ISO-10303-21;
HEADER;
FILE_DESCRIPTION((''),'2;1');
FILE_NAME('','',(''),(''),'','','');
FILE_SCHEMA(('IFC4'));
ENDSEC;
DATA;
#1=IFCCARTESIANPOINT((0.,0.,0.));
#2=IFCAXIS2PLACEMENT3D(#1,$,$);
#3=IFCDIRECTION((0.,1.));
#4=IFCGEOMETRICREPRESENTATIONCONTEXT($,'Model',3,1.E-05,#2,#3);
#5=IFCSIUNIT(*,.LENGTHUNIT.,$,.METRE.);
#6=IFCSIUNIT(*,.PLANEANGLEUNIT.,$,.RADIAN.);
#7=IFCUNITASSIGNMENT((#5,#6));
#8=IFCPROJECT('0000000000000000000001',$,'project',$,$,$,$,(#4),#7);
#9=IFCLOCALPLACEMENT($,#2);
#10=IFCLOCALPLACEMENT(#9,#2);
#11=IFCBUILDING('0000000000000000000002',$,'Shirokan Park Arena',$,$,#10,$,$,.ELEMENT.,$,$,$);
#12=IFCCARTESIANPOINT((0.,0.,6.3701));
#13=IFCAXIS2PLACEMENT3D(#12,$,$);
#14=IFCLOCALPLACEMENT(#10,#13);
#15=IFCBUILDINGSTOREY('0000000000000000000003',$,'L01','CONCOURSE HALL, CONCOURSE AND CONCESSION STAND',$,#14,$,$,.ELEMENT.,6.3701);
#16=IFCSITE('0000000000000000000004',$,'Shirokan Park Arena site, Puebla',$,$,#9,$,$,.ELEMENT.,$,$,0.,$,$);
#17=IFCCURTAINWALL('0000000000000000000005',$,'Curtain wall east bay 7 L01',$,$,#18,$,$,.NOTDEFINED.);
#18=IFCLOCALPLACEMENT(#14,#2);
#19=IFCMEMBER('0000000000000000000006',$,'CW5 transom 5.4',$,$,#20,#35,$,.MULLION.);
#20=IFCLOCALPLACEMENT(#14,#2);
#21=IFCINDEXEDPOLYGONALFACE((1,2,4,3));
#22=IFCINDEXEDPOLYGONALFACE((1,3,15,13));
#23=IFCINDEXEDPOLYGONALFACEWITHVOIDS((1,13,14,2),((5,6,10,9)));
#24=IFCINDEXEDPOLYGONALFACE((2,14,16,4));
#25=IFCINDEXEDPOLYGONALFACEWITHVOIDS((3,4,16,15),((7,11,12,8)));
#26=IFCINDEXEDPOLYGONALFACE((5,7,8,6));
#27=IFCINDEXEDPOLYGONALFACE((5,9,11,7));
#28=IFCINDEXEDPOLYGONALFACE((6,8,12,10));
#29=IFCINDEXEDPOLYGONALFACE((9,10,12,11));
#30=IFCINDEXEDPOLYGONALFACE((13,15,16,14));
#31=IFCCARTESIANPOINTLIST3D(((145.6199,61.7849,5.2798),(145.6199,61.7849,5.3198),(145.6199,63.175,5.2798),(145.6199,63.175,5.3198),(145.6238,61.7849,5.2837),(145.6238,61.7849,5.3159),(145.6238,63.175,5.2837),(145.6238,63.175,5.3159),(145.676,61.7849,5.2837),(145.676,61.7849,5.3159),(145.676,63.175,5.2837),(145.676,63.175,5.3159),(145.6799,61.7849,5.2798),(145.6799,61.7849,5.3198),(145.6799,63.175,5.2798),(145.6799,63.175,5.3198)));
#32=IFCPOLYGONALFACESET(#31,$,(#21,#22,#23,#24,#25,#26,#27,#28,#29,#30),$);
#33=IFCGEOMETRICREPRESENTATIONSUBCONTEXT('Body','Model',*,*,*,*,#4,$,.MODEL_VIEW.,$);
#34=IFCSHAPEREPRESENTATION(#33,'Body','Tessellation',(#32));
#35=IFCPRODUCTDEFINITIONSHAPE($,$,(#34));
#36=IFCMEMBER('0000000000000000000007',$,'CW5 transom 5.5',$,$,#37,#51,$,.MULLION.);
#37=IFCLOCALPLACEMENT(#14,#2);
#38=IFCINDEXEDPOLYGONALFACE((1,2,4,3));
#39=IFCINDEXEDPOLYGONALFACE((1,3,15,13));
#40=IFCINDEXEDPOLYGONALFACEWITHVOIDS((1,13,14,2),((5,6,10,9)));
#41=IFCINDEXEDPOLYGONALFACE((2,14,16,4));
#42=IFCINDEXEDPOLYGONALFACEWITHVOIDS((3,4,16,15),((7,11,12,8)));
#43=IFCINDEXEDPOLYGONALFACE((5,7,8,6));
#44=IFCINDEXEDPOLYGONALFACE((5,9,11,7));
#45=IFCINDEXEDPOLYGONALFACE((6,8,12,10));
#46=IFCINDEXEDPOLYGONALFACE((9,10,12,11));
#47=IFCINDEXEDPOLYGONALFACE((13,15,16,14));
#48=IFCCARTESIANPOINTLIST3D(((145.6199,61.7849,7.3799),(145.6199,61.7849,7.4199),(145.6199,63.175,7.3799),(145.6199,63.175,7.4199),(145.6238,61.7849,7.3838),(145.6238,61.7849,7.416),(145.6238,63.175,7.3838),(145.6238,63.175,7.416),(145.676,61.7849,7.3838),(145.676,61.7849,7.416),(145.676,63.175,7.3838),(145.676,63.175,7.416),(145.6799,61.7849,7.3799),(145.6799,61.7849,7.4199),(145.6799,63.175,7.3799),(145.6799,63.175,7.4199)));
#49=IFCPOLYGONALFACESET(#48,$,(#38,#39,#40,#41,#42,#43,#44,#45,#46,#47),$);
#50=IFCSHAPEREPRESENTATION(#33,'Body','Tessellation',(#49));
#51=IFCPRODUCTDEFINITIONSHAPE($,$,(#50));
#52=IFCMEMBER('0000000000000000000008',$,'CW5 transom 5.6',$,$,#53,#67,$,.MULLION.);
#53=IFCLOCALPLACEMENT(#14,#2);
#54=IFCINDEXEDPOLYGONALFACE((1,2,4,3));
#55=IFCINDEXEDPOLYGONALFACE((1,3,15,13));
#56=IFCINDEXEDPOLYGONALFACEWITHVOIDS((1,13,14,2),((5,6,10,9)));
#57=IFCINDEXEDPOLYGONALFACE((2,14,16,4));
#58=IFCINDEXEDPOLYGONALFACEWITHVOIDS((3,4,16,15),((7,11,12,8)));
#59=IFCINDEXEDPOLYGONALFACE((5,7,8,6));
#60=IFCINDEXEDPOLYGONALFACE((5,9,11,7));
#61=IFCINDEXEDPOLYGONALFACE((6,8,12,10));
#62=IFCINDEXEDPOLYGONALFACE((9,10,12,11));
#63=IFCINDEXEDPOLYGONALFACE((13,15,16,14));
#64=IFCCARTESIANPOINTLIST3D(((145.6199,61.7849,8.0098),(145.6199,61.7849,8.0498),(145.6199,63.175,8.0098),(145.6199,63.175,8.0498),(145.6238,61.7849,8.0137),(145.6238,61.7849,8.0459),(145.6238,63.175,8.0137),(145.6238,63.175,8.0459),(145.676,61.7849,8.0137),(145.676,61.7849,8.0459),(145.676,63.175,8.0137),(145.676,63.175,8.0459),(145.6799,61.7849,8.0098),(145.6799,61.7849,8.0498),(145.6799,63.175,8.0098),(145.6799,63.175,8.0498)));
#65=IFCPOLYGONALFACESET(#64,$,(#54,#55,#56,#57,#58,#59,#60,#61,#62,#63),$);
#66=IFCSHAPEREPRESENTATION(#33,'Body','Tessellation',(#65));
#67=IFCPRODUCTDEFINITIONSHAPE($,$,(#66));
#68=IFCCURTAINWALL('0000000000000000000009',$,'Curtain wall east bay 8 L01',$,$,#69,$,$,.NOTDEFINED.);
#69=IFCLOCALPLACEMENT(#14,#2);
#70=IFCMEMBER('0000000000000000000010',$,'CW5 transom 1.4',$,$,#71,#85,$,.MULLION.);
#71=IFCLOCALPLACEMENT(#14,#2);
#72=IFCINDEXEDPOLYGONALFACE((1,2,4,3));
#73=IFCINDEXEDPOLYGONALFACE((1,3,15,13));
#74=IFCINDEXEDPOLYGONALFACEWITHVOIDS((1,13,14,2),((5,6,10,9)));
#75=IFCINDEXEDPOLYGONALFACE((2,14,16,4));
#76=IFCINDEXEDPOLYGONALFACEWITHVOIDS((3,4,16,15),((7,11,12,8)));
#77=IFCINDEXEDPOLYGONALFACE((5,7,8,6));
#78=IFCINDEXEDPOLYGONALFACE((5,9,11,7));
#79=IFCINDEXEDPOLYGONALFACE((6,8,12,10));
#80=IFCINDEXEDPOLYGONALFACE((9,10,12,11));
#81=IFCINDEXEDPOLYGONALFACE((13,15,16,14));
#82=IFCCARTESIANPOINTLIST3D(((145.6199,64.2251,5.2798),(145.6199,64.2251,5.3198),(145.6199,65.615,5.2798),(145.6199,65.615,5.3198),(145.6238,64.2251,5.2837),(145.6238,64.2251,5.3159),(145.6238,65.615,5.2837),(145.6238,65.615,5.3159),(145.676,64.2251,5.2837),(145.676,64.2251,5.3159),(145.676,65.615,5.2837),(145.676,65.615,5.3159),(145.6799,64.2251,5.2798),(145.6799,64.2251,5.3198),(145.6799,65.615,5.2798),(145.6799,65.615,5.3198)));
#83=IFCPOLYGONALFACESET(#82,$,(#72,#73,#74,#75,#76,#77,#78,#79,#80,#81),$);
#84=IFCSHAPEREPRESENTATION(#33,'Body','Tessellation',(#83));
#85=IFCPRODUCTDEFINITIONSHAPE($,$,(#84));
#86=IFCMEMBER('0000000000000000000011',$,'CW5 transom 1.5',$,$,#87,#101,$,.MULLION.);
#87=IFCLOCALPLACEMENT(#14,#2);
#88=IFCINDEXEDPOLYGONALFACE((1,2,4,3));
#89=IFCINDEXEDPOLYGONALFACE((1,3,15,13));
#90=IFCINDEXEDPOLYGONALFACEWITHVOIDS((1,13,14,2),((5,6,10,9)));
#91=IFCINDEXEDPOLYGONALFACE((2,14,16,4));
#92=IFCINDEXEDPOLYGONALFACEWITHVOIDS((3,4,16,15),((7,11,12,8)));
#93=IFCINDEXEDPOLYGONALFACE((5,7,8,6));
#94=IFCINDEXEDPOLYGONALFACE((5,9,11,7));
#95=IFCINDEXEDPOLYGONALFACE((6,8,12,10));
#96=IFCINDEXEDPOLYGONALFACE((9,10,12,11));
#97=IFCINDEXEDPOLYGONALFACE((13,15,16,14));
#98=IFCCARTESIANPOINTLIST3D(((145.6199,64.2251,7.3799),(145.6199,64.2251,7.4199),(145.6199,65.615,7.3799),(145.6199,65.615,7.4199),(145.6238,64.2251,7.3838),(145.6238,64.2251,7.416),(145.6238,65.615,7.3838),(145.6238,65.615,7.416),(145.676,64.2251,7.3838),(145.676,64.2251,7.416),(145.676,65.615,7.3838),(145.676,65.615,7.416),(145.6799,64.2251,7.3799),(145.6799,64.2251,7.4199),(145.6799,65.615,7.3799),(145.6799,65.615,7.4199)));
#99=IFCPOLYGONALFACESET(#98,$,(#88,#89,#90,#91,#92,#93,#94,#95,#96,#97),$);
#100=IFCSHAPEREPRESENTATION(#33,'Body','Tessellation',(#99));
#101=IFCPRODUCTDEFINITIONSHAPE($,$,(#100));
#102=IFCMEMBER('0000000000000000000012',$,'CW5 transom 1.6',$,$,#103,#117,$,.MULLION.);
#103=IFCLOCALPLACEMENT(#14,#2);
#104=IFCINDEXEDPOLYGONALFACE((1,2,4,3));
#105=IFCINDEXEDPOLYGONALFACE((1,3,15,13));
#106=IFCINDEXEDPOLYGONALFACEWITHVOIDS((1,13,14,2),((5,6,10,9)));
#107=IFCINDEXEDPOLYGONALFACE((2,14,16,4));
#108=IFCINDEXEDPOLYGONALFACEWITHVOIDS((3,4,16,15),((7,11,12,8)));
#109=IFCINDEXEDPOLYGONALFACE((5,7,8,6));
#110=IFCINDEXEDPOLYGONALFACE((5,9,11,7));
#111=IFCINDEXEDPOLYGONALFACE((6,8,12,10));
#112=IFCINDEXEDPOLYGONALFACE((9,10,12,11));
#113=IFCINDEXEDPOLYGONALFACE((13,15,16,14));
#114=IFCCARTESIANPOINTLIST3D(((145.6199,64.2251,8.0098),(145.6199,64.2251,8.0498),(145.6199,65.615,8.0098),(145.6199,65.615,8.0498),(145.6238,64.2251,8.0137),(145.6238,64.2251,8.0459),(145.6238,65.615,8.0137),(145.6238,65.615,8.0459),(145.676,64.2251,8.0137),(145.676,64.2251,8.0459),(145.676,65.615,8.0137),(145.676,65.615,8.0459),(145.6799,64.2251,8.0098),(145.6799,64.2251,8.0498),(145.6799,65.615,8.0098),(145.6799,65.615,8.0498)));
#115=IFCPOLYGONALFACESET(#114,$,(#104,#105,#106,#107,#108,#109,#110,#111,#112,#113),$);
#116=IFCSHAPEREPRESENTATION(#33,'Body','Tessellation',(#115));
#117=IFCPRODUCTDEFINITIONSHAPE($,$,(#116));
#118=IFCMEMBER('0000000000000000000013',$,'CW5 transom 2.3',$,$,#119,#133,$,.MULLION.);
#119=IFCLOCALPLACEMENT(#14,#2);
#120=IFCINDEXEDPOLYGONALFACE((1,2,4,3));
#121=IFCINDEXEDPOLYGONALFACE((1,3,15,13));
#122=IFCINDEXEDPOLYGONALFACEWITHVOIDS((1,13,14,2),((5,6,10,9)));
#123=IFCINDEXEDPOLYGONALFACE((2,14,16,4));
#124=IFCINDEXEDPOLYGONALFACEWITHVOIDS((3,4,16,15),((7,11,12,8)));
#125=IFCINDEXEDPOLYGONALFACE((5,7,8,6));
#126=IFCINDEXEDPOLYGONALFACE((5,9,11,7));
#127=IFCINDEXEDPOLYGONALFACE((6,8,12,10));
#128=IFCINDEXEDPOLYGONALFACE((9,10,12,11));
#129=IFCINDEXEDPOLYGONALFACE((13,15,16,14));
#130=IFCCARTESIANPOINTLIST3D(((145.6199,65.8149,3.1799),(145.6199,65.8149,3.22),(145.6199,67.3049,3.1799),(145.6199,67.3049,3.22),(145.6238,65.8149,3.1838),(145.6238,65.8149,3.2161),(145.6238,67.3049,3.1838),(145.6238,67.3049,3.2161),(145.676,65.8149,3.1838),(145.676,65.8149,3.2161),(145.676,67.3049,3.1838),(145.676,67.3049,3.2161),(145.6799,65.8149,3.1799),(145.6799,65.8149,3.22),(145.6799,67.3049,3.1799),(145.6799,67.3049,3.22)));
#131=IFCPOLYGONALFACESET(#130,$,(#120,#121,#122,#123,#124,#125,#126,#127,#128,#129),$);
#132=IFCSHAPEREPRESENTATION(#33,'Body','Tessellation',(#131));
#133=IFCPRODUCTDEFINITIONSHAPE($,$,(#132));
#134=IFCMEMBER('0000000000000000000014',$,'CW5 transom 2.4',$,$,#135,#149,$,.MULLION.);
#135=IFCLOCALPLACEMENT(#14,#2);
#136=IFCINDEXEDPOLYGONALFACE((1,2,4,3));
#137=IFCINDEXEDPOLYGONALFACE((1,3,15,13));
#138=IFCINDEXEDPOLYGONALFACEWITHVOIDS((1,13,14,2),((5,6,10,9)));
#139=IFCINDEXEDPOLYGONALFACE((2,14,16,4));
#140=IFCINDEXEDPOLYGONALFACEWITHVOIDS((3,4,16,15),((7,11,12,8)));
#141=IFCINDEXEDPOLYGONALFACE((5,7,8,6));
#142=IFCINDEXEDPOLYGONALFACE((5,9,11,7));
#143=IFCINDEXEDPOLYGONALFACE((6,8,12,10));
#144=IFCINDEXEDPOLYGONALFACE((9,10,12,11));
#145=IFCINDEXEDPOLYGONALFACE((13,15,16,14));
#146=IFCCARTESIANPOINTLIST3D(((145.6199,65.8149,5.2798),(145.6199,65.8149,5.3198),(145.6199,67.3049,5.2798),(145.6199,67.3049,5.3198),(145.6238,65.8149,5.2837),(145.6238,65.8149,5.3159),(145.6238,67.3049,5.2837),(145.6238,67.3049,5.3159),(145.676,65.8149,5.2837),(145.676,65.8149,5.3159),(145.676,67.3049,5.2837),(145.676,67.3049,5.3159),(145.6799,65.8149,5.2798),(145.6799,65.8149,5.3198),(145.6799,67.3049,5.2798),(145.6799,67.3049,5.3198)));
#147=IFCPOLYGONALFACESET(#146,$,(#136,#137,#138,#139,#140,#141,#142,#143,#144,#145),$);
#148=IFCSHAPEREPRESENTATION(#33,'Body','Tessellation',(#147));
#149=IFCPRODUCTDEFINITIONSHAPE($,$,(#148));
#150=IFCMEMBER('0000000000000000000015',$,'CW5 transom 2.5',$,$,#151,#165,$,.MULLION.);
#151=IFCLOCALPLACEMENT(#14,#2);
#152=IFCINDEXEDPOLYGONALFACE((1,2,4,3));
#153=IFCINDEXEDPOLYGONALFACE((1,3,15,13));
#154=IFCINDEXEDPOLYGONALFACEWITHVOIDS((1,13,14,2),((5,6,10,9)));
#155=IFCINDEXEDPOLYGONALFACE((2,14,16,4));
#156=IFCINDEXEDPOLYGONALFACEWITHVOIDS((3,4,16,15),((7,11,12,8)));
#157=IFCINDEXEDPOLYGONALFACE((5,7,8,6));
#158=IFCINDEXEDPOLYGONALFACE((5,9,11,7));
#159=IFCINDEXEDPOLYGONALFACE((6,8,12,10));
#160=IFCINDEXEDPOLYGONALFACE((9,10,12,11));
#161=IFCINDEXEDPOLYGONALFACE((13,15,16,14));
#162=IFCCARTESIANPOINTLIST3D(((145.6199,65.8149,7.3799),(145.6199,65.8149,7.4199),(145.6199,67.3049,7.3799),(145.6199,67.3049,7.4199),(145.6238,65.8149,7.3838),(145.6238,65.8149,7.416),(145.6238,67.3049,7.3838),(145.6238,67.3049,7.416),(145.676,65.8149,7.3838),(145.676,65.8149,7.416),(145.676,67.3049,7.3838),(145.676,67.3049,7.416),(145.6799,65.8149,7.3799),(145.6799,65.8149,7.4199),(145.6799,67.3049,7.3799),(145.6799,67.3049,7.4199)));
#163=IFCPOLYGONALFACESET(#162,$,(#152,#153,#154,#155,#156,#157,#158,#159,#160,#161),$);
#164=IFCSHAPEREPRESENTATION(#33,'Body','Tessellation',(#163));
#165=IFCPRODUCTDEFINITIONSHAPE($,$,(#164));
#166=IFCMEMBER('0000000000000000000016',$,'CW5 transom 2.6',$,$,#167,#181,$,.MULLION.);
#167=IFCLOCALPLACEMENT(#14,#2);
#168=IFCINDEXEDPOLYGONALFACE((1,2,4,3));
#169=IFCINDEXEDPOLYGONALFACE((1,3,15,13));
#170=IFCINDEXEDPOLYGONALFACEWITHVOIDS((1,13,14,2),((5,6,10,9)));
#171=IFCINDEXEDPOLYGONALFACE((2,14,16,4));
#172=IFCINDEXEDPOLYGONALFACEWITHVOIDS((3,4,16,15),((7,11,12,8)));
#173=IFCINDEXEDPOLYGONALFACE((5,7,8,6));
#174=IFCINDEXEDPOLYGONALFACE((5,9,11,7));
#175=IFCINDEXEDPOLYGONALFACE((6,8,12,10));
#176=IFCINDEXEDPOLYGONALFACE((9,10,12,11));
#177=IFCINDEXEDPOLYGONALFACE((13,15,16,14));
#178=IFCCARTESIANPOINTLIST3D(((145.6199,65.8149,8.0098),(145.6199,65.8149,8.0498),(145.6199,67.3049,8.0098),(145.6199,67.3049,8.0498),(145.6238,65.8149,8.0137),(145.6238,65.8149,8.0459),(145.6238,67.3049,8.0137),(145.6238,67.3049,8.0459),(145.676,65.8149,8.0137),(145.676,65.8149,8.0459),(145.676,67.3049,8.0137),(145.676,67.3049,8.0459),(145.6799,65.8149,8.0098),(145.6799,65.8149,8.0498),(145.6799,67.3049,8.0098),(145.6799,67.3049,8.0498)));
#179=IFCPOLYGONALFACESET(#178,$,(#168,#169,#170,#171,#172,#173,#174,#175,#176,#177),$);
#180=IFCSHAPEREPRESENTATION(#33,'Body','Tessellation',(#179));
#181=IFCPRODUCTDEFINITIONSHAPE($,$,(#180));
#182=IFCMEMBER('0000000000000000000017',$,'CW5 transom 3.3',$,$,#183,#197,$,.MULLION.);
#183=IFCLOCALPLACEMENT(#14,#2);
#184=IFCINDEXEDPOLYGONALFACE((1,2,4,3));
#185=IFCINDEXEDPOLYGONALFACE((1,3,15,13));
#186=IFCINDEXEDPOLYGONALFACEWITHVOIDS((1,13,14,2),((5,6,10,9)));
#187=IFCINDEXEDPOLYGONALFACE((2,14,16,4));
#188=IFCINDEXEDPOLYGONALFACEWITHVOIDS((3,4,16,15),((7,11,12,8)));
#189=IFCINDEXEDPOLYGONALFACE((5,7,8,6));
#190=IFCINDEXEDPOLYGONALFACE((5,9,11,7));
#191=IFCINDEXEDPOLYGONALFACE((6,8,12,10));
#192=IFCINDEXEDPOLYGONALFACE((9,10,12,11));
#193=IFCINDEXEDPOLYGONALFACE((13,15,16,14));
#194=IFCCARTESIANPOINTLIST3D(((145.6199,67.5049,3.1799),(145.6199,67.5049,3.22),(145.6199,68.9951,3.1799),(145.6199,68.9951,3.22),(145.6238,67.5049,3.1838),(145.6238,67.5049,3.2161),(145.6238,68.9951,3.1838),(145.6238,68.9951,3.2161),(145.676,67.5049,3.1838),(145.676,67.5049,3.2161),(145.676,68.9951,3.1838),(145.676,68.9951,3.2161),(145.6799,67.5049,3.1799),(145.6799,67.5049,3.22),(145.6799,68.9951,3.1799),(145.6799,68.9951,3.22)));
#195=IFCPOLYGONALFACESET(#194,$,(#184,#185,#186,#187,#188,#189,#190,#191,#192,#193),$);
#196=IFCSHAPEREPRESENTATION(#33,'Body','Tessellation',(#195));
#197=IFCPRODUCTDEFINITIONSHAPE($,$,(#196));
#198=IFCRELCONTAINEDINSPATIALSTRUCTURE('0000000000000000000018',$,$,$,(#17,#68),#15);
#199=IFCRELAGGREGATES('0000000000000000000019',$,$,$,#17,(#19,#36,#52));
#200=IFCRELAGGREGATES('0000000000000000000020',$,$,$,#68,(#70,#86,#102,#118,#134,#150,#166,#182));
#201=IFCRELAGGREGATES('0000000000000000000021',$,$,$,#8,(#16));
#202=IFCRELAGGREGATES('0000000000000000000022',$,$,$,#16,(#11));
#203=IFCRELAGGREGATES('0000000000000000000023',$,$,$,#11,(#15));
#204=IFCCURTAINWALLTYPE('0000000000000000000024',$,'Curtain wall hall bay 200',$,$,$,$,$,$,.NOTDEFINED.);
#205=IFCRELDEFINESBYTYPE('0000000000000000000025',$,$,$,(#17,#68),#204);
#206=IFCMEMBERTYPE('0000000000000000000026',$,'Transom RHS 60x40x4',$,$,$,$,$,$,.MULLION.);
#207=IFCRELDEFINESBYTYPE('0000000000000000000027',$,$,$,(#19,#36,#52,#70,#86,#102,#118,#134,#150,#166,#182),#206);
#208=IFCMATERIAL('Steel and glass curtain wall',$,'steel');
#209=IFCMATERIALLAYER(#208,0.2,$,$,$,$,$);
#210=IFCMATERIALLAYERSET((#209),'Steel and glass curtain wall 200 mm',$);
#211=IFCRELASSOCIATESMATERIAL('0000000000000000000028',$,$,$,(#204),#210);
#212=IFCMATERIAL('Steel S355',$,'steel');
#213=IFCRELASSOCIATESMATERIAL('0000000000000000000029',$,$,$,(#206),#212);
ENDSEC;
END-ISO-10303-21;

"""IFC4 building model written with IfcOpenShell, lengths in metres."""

from ifc_helpers import new_model, si_unit, direction, frame, origin, origin_2d, place, context, subcontext, project, spatial, hollow_rectangle, extrude, material, layer, layer_set, material_profile, profile_set, type_object, element, aggregate, save


model = new_model("IFC4")

# Units and contexts
model_context = context("Model", 3, precision=1e-05, world=origin(), true_north=direction((0.0, 1.0)))
body_context = subcontext(model_context, "Body", "Model", "MODEL_VIEW")
ifc_project = project(units=[si_unit("LENGTHUNIT", "METRE"), si_unit("PLANEANGLEUNIT", "RADIAN")], contexts=[model_context])

# Site, building, storey
site_placement = place(None, origin())
site = spatial("IfcSite", under=ifc_project, at=site_placement, Name="Shirokan Park Arena site, Puebla", CompositionType="ELEMENT", RefElevation=0.0)
building_placement = place(site_placement, origin())
building = spatial("IfcBuilding", under=site, at=building_placement, Name="Shirokan Park Arena", CompositionType="ELEMENT")
storey_placement = place(building_placement, frame((0.0, 0.0, 6.3701)))
storey = spatial("IfcBuildingStorey", under=building, at=storey_placement, Name="L01", Description="CONCOURSE HALL, CONCOURSE AND CONCESSION STAND", CompositionType="ELEMENT", Elevation=6.3701)

# Curtain walls, members
ifc_material_1 = material(Name="Steel and glass curtain wall", Category="steel")
ifc_layer_1 = layer(ifc_material_1, 0.2)
ifc_layer_set_1 = layer_set([ifc_layer_1], Name="Steel and glass curtain wall 200 mm")
curtain_wall_type = type_object("IfcCurtainWallType", Name="Curtain wall hall bay 200", PredefinedType="NOTDEFINED", material=ifc_layer_set_1)
curtain_wall_1_placement = place(storey_placement, origin())
curtain_wall_1 = element("IfcCurtainWall", 1, at=curtain_wall_1_placement, inside=storey, type_object=curtain_wall_type, Name="Curtain wall east bay 7 L01", PredefinedType="NOTDEFINED")
ifc_material_2 = material(Name="Steel S355", Category="steel")
ifc_material_profile = material_profile(ifc_material_2, hollow_rectangle(XDim=0.0601, YDim=0.04, WallThickness=0.0039, at=origin_2d()), Name="RHS 60x40x4")
ifc_profile_set = profile_set([ifc_material_profile], Name="Steel S355")
member_type = type_object("IfcMemberType", Name="Transom RHS 60x40x4", PredefinedType="MULLION", material=ifc_profile_set)
member_1_placement = place(storey_placement, frame((145.6499, 61.7849, 5.2998), z_axis=(0.0, 1.0, 0.0), x_axis=(-1.0, 0.0, 0.0)))
member_1 = element("IfcMember", 2, at=member_1_placement, type_object=member_type, Name="CW5 transom 5.4", PredefinedType="MULLION", context=body_context, shape_type="SweptSolid", body=[
    extrude(hollow_rectangle(XDim=0.0601, YDim=0.04, WallThickness=0.0039, at=origin_2d()), origin(), (0.0, 0.0, 1.0), 1.3901),
])
member_2_placement = place(storey_placement, frame((145.6499, 61.7849, 7.3999), z_axis=(0.0, 1.0, 0.0), x_axis=(-1.0, 0.0, 0.0)))
member_2 = element("IfcMember", 3, at=member_2_placement, type_object=member_type, Name="CW5 transom 5.5", PredefinedType="MULLION", context=body_context, shape_type="SweptSolid", body=[
    extrude(hollow_rectangle(XDim=0.0601, YDim=0.04, WallThickness=0.0039, at=origin_2d()), origin(), (0.0, 0.0, 1.0), 1.3901),
])
member_3_placement = place(storey_placement, frame((145.6499, 61.7849, 8.0298), z_axis=(0.0, 1.0, 0.0), x_axis=(-1.0, 0.0, 0.0)))
member_3 = element("IfcMember", 4, at=member_3_placement, type_object=member_type, Name="CW5 transom 5.6", PredefinedType="MULLION", context=body_context, shape_type="SweptSolid", body=[
    extrude(hollow_rectangle(XDim=0.0601, YDim=0.04, WallThickness=0.0039, at=origin_2d()), origin(), (0.0, 0.0, 1.0), 1.3901),
])
curtain_wall_2_placement = place(storey_placement, origin())
curtain_wall_2 = element("IfcCurtainWall", 5, at=curtain_wall_2_placement, inside=storey, type_object=curtain_wall_type, Name="Curtain wall east bay 8 L01", PredefinedType="NOTDEFINED")
member_4_placement = place(storey_placement, frame((145.6499, 64.2251, 5.2998), z_axis=(0.0, 1.0, 0.0), x_axis=(-1.0, 0.0, 0.0)))
member_4 = element("IfcMember", 6, at=member_4_placement, type_object=member_type, Name="CW5 transom 1.4", PredefinedType="MULLION", context=body_context, shape_type="SweptSolid", body=[
    extrude(hollow_rectangle(XDim=0.0601, YDim=0.04, WallThickness=0.0039, at=origin_2d()), origin(), (0.0, 0.0, 1.0), 1.3899),
])
member_5_placement = place(storey_placement, frame((145.6499, 64.2251, 7.3999), z_axis=(0.0, 1.0, 0.0), x_axis=(-1.0, 0.0, 0.0)))
member_5 = element("IfcMember", 7, at=member_5_placement, type_object=member_type, Name="CW5 transom 1.5", PredefinedType="MULLION", context=body_context, shape_type="SweptSolid", body=[
    extrude(hollow_rectangle(XDim=0.0601, YDim=0.04, WallThickness=0.0039, at=origin_2d()), origin(), (0.0, 0.0, 1.0), 1.3899),
])
member_6_placement = place(storey_placement, frame((145.6499, 64.2251, 8.0298), z_axis=(0.0, 1.0, 0.0), x_axis=(-1.0, 0.0, 0.0)))
member_6 = element("IfcMember", 8, at=member_6_placement, type_object=member_type, Name="CW5 transom 1.6", PredefinedType="MULLION", context=body_context, shape_type="SweptSolid", body=[
    extrude(hollow_rectangle(XDim=0.0601, YDim=0.04, WallThickness=0.0039, at=origin_2d()), origin(), (0.0, 0.0, 1.0), 1.3899),
])
member_7_placement = place(storey_placement, frame((145.6499, 65.8149, 3.2), z_axis=(0.0, 1.0, 0.0), x_axis=(-1.0, 0.0, 0.0)))
member_7 = element("IfcMember", 9, at=member_7_placement, type_object=member_type, Name="CW5 transom 2.3", PredefinedType="MULLION", context=body_context, shape_type="SweptSolid", body=[
    extrude(hollow_rectangle(XDim=0.0601, YDim=0.04, WallThickness=0.0039, at=origin_2d()), origin(), (0.0, 0.0, 1.0), 1.49),
])
member_8_placement = place(storey_placement, frame((145.6499, 65.8149, 5.2998), z_axis=(0.0, 1.0, 0.0), x_axis=(-1.0, 0.0, 0.0)))
member_8 = element("IfcMember", 10, at=member_8_placement, type_object=member_type, Name="CW5 transom 2.4", PredefinedType="MULLION", context=body_context, shape_type="SweptSolid", body=[
    extrude(hollow_rectangle(XDim=0.0601, YDim=0.04, WallThickness=0.0039, at=origin_2d()), origin(), (0.0, 0.0, 1.0), 1.49),
])
member_9_placement = place(storey_placement, frame((145.6499, 65.8149, 7.3999), z_axis=(0.0, 1.0, 0.0), x_axis=(-1.0, 0.0, 0.0)))
member_9 = element("IfcMember", 11, at=member_9_placement, type_object=member_type, Name="CW5 transom 2.5", PredefinedType="MULLION", context=body_context, shape_type="SweptSolid", body=[
    extrude(hollow_rectangle(XDim=0.0601, YDim=0.04, WallThickness=0.0039, at=origin_2d()), origin(), (0.0, 0.0, 1.0), 1.49),
])
member_10_placement = place(storey_placement, frame((145.6499, 65.8149, 8.0298), z_axis=(0.0, 1.0, 0.0), x_axis=(-1.0, 0.0, 0.0)))
member_10 = element("IfcMember", 12, at=member_10_placement, type_object=member_type, Name="CW5 transom 2.6", PredefinedType="MULLION", context=body_context, shape_type="SweptSolid", body=[
    extrude(hollow_rectangle(XDim=0.0601, YDim=0.04, WallThickness=0.0039, at=origin_2d()), origin(), (0.0, 0.0, 1.0), 1.49),
])
member_11_placement = place(storey_placement, frame((145.6499, 67.5049, 3.2), z_axis=(0.0, 1.0, 0.0), x_axis=(-1.0, 0.0, 0.0)))
member_11 = element("IfcMember", 13, at=member_11_placement, type_object=member_type, Name="CW5 transom 3.3", PredefinedType="MULLION", context=body_context, shape_type="SweptSolid", body=[
    extrude(hollow_rectangle(XDim=0.0601, YDim=0.04, WallThickness=0.0039, at=origin_2d()), origin(), (0.0, 0.0, 1.0), 1.4902),
])

aggregate(curtain_wall_1, [member_1, member_2, member_3])
aggregate(curtain_wall_2, [member_4, member_5, member_6, member_7, member_8, member_9, member_10, member_11])

save(model, "model.ifc")
